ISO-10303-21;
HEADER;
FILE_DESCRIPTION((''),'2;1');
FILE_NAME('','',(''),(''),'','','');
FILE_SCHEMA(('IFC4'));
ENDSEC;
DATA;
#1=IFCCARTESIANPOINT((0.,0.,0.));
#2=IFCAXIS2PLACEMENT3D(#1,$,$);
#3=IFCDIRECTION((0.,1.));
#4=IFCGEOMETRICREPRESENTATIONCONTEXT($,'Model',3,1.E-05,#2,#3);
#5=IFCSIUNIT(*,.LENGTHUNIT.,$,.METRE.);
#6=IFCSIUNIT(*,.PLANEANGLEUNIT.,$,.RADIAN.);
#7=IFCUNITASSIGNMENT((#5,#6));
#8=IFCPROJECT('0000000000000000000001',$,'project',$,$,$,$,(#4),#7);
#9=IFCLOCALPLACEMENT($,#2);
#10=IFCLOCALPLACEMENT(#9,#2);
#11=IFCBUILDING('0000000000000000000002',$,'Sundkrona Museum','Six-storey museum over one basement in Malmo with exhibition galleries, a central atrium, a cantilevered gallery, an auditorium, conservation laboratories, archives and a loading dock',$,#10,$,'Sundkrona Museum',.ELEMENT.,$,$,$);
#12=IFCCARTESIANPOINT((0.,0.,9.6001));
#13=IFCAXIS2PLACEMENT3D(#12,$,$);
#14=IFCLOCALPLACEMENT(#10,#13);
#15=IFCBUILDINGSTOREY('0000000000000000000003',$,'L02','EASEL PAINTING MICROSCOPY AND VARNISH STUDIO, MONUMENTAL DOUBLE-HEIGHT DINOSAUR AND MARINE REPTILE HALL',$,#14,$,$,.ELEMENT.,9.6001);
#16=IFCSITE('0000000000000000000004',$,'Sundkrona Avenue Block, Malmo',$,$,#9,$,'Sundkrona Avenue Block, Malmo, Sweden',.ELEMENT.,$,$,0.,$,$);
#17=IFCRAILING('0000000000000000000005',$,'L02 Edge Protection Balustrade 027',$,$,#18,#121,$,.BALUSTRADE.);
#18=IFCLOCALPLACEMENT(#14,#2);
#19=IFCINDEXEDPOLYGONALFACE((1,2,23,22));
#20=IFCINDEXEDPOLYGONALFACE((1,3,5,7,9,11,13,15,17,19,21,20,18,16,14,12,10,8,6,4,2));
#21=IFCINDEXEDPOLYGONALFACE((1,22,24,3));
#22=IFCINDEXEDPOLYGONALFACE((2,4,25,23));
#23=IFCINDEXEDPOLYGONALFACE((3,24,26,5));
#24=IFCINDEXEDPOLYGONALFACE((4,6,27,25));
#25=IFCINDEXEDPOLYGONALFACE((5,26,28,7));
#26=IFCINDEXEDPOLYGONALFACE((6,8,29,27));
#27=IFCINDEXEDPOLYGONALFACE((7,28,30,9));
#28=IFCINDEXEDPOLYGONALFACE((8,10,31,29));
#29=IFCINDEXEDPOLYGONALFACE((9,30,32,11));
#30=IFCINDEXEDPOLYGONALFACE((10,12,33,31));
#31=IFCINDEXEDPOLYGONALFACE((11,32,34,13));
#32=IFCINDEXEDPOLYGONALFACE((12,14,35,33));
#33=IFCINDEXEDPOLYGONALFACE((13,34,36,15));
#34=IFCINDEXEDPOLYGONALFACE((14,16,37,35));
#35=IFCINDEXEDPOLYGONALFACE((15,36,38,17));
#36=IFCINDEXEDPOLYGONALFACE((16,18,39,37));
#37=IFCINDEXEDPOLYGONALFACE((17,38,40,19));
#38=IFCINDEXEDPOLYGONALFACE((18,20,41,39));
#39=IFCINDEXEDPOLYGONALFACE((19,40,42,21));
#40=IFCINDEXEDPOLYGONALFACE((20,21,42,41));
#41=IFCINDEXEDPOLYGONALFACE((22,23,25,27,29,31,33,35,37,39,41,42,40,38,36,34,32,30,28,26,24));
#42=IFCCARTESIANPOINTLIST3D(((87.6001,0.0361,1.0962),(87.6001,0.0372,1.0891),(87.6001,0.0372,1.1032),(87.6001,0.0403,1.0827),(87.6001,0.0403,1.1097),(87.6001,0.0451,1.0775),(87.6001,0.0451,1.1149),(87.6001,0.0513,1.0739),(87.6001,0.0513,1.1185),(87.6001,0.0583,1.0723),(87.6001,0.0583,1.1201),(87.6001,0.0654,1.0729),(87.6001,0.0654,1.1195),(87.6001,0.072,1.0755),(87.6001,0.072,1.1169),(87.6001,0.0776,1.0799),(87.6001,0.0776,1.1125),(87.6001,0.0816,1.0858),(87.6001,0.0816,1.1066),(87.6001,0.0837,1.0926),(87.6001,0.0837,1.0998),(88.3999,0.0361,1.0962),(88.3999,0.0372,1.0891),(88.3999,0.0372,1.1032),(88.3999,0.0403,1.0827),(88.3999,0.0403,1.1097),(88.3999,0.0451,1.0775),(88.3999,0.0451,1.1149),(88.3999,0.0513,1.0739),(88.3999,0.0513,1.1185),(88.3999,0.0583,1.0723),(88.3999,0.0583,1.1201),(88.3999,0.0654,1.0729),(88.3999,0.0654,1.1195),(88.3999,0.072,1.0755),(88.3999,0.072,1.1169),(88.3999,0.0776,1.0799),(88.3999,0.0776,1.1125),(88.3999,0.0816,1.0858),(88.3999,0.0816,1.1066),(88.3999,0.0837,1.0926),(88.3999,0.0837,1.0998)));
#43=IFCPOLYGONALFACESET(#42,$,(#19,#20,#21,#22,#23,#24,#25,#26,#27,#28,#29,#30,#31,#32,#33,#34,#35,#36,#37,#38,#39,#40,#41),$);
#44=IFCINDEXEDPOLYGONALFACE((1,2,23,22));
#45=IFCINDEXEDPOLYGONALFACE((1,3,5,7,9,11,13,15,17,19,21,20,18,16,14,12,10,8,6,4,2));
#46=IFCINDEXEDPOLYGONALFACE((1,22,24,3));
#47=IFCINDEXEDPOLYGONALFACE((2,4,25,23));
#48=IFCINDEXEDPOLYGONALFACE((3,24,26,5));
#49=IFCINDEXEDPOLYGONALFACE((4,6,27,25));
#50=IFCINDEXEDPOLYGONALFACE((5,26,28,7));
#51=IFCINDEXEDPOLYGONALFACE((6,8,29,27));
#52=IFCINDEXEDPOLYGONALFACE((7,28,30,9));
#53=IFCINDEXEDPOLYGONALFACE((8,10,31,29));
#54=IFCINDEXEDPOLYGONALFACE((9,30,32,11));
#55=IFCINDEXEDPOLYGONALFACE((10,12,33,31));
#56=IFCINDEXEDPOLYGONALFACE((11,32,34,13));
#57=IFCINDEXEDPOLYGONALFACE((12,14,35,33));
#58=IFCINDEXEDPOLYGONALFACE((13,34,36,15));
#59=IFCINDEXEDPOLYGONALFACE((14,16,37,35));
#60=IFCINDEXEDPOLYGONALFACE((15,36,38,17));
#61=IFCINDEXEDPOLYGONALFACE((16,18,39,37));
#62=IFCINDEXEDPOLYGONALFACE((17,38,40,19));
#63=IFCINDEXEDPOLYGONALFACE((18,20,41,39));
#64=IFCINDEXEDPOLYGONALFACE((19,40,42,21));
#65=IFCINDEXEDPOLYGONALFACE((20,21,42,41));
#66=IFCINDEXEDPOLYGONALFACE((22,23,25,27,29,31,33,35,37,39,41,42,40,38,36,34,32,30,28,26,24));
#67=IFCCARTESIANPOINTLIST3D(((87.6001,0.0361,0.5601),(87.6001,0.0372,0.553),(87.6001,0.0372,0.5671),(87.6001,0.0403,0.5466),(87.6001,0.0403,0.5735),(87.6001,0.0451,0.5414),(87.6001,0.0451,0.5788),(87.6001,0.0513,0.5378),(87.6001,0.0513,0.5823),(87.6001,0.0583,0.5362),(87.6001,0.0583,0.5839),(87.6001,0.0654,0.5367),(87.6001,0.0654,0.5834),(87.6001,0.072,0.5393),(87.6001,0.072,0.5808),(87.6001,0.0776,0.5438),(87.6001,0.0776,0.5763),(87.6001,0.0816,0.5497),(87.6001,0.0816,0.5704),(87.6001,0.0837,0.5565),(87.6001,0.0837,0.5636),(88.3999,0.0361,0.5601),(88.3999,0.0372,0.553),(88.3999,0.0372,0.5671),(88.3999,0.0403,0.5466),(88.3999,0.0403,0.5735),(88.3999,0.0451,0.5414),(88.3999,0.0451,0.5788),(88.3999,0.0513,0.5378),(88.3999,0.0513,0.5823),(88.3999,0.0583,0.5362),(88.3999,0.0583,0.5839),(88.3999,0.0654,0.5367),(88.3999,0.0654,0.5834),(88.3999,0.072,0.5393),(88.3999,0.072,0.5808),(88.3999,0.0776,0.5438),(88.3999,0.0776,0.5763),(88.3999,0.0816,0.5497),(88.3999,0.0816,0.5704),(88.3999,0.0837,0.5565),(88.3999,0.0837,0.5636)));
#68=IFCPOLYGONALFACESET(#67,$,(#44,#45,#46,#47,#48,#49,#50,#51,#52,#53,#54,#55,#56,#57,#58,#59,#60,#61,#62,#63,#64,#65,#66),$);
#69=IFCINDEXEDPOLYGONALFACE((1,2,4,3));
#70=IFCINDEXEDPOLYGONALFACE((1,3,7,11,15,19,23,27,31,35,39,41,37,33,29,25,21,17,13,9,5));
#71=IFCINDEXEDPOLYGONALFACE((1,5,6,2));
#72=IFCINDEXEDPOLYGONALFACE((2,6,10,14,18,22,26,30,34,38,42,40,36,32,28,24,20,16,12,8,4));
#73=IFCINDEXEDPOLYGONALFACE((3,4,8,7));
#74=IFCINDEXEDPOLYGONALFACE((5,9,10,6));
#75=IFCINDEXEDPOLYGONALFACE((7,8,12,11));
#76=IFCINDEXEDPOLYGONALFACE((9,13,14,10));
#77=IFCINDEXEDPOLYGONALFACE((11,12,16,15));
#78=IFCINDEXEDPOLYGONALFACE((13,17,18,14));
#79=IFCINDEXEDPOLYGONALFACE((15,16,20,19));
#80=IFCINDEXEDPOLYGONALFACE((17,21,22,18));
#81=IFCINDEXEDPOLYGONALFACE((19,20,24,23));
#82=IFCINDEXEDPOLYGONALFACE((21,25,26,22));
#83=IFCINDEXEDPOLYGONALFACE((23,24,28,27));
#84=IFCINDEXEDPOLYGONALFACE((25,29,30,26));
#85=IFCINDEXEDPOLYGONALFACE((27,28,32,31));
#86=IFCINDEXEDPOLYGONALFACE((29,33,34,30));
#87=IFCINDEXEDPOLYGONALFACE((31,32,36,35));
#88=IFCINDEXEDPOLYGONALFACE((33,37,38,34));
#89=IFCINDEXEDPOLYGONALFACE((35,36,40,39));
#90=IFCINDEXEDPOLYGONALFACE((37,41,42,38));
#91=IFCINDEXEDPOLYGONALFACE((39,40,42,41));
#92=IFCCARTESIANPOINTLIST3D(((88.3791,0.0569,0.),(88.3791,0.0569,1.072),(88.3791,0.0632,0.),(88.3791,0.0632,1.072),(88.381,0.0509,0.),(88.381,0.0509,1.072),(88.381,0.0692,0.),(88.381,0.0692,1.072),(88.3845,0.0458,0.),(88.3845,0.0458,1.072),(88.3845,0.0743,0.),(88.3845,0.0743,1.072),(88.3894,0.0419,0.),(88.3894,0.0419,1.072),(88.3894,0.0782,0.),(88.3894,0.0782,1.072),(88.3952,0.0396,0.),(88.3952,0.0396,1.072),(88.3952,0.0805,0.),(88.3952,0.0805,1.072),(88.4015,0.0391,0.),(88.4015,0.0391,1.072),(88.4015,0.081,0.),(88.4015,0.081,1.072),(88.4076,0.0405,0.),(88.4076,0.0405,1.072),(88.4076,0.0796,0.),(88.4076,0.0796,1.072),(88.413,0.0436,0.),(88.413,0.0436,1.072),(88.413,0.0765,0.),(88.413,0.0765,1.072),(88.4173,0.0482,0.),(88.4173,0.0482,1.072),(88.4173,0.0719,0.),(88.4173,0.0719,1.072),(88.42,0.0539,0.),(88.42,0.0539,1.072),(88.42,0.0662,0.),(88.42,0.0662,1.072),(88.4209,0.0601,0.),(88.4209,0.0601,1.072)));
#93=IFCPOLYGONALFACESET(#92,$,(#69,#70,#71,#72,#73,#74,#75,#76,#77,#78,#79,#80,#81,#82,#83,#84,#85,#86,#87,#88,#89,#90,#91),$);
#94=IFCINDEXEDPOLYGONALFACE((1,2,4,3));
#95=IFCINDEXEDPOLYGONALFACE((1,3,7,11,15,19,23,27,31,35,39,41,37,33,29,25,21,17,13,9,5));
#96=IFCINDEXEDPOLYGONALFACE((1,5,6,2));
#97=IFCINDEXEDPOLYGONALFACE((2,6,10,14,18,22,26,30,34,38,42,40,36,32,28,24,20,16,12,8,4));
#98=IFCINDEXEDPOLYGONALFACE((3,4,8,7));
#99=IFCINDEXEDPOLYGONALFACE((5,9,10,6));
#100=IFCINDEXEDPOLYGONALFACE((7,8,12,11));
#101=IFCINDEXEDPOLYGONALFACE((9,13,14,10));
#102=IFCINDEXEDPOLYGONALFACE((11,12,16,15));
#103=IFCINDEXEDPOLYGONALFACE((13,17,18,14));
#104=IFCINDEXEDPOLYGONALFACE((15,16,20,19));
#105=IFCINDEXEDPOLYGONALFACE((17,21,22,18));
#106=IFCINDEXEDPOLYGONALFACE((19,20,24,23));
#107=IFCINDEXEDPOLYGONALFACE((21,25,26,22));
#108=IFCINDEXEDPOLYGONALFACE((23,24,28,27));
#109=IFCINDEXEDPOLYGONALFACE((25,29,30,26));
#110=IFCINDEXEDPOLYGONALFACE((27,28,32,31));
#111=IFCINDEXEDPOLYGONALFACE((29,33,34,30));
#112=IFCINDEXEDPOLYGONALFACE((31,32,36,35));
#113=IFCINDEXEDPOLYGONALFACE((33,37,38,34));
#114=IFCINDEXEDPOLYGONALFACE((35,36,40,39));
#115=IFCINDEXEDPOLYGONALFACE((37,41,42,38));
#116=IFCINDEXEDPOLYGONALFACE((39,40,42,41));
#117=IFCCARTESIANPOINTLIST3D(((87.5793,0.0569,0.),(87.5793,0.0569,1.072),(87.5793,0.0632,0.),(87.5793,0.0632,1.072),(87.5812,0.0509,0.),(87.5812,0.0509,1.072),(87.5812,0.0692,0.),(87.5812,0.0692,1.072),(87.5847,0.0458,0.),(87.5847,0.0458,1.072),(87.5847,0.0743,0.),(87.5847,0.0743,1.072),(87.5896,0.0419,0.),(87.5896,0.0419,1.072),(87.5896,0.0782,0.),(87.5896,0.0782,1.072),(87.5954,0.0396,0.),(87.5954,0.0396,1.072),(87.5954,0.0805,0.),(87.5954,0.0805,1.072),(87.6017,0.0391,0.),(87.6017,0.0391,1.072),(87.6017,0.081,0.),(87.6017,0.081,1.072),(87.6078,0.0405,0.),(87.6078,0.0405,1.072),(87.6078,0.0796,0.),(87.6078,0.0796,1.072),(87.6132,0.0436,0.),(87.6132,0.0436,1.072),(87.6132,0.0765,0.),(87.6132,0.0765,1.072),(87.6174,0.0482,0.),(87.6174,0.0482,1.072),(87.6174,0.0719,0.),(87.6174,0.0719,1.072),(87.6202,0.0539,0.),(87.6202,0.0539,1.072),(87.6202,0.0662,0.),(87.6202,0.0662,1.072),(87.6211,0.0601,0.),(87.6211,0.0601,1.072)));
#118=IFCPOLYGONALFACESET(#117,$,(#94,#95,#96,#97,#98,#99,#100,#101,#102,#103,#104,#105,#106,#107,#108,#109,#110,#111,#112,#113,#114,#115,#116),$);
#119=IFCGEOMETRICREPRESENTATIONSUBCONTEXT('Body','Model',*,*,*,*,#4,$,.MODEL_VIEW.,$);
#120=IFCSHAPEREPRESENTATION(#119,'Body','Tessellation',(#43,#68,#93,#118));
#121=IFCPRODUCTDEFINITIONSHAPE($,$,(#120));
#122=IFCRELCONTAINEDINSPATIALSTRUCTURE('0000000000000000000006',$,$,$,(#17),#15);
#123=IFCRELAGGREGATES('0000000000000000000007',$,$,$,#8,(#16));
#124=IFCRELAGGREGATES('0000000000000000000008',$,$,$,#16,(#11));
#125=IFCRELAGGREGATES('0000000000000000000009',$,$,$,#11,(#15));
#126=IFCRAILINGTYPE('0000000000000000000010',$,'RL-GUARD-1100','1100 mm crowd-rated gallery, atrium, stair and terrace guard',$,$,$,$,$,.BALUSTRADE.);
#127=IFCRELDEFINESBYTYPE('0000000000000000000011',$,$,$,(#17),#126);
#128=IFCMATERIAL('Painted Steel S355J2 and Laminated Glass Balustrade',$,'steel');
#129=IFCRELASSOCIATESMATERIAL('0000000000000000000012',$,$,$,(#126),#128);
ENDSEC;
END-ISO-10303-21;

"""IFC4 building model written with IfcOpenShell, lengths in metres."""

from ifc_helpers import new_model, si_unit, direction, frame, origin, origin_2d, place, context, subcontext, project, spatial, circle, extrude, material, type_object, element, save


model = new_model("IFC4")

# Units and contexts
model_context = context("Model", 3, precision=1e-05, world=origin(), true_north=direction((0.0, 1.0)))
body_context = subcontext(model_context, "Body", "Model", "MODEL_VIEW")
ifc_project = project(units=[si_unit("LENGTHUNIT", "METRE"), si_unit("PLANEANGLEUNIT", "RADIAN")], contexts=[model_context])

# Site, building, storey
site_placement = place(None, origin())
site = spatial("IfcSite", under=ifc_project, at=site_placement, Name="Sundkrona Avenue Block, Malmo", LongName="Sundkrona Avenue Block, Malmo, Sweden", CompositionType="ELEMENT", RefElevation=0.0)
building_placement = place(site_placement, origin())
building = spatial("IfcBuilding", under=site, at=building_placement, Name="Sundkrona Museum", Description="Six-storey museum over one basement in Malmo with exhibition galleries, a central atrium, a cantilevered gallery, an auditorium, conservation laboratories, archives and a loading dock", LongName="Sundkrona Museum", CompositionType="ELEMENT")
storey_placement = place(building_placement, frame((0.0, 0.0, 9.6001)))
storey = spatial("IfcBuildingStorey", under=building, at=storey_placement, Name="L02", Description="EASEL PAINTING MICROSCOPY AND VARNISH STUDIO, MONUMENTAL DOUBLE-HEIGHT DINOSAUR AND MARINE REPTILE HALL", CompositionType="ELEMENT", Elevation=9.6001)

# Railing
ifc_material_1 = material(Name="Painted Steel S355J2 and Laminated Glass Balustrade", Category="steel")
railing_type = type_object("IfcRailingType", Name="RL-GUARD-1100", Description="1100 mm crowd-rated gallery, atrium, stair and terrace guard", PredefinedType="BALUSTRADE", material=ifc_material_1)
railing_1_placement = place(storey_placement, frame((88.3999, 0.0601, 0.0)))
element("IfcRailing", 1, at=railing_1_placement, inside=storey, type_object=railing_type, Name="L02 Edge Protection Balustrade 027", PredefinedType="BALUSTRADE", context=body_context, shape_type="SweptSolid", body=[
    extrude(circle(Radius=0.0239, at=origin_2d()), frame((0.0, 0.0, 1.0962), z_axis=(-1.0, 0.0, 0.0), x_axis=(0.0, -1.0, 0.0)), (0.0, 0.0, 1.0), 0.7998),
    extrude(circle(Radius=0.0239, at=origin_2d()), frame((0.0, 0.0, 0.5601), z_axis=(-1.0, 0.0, 0.0), x_axis=(0.0, -1.0, 0.0)), (0.0, 0.0, 1.0), 0.7998),
    extrude(circle(Radius=0.021, at=origin_2d()), origin(), (0.0, 0.0, 1.0), 1.072),
    extrude(circle(Radius=0.021, at=origin_2d()), frame((-0.7998, 0.0, 0.0)), (0.0, 0.0, 1.0), 1.072),
])

save(model, "model.ifc")
